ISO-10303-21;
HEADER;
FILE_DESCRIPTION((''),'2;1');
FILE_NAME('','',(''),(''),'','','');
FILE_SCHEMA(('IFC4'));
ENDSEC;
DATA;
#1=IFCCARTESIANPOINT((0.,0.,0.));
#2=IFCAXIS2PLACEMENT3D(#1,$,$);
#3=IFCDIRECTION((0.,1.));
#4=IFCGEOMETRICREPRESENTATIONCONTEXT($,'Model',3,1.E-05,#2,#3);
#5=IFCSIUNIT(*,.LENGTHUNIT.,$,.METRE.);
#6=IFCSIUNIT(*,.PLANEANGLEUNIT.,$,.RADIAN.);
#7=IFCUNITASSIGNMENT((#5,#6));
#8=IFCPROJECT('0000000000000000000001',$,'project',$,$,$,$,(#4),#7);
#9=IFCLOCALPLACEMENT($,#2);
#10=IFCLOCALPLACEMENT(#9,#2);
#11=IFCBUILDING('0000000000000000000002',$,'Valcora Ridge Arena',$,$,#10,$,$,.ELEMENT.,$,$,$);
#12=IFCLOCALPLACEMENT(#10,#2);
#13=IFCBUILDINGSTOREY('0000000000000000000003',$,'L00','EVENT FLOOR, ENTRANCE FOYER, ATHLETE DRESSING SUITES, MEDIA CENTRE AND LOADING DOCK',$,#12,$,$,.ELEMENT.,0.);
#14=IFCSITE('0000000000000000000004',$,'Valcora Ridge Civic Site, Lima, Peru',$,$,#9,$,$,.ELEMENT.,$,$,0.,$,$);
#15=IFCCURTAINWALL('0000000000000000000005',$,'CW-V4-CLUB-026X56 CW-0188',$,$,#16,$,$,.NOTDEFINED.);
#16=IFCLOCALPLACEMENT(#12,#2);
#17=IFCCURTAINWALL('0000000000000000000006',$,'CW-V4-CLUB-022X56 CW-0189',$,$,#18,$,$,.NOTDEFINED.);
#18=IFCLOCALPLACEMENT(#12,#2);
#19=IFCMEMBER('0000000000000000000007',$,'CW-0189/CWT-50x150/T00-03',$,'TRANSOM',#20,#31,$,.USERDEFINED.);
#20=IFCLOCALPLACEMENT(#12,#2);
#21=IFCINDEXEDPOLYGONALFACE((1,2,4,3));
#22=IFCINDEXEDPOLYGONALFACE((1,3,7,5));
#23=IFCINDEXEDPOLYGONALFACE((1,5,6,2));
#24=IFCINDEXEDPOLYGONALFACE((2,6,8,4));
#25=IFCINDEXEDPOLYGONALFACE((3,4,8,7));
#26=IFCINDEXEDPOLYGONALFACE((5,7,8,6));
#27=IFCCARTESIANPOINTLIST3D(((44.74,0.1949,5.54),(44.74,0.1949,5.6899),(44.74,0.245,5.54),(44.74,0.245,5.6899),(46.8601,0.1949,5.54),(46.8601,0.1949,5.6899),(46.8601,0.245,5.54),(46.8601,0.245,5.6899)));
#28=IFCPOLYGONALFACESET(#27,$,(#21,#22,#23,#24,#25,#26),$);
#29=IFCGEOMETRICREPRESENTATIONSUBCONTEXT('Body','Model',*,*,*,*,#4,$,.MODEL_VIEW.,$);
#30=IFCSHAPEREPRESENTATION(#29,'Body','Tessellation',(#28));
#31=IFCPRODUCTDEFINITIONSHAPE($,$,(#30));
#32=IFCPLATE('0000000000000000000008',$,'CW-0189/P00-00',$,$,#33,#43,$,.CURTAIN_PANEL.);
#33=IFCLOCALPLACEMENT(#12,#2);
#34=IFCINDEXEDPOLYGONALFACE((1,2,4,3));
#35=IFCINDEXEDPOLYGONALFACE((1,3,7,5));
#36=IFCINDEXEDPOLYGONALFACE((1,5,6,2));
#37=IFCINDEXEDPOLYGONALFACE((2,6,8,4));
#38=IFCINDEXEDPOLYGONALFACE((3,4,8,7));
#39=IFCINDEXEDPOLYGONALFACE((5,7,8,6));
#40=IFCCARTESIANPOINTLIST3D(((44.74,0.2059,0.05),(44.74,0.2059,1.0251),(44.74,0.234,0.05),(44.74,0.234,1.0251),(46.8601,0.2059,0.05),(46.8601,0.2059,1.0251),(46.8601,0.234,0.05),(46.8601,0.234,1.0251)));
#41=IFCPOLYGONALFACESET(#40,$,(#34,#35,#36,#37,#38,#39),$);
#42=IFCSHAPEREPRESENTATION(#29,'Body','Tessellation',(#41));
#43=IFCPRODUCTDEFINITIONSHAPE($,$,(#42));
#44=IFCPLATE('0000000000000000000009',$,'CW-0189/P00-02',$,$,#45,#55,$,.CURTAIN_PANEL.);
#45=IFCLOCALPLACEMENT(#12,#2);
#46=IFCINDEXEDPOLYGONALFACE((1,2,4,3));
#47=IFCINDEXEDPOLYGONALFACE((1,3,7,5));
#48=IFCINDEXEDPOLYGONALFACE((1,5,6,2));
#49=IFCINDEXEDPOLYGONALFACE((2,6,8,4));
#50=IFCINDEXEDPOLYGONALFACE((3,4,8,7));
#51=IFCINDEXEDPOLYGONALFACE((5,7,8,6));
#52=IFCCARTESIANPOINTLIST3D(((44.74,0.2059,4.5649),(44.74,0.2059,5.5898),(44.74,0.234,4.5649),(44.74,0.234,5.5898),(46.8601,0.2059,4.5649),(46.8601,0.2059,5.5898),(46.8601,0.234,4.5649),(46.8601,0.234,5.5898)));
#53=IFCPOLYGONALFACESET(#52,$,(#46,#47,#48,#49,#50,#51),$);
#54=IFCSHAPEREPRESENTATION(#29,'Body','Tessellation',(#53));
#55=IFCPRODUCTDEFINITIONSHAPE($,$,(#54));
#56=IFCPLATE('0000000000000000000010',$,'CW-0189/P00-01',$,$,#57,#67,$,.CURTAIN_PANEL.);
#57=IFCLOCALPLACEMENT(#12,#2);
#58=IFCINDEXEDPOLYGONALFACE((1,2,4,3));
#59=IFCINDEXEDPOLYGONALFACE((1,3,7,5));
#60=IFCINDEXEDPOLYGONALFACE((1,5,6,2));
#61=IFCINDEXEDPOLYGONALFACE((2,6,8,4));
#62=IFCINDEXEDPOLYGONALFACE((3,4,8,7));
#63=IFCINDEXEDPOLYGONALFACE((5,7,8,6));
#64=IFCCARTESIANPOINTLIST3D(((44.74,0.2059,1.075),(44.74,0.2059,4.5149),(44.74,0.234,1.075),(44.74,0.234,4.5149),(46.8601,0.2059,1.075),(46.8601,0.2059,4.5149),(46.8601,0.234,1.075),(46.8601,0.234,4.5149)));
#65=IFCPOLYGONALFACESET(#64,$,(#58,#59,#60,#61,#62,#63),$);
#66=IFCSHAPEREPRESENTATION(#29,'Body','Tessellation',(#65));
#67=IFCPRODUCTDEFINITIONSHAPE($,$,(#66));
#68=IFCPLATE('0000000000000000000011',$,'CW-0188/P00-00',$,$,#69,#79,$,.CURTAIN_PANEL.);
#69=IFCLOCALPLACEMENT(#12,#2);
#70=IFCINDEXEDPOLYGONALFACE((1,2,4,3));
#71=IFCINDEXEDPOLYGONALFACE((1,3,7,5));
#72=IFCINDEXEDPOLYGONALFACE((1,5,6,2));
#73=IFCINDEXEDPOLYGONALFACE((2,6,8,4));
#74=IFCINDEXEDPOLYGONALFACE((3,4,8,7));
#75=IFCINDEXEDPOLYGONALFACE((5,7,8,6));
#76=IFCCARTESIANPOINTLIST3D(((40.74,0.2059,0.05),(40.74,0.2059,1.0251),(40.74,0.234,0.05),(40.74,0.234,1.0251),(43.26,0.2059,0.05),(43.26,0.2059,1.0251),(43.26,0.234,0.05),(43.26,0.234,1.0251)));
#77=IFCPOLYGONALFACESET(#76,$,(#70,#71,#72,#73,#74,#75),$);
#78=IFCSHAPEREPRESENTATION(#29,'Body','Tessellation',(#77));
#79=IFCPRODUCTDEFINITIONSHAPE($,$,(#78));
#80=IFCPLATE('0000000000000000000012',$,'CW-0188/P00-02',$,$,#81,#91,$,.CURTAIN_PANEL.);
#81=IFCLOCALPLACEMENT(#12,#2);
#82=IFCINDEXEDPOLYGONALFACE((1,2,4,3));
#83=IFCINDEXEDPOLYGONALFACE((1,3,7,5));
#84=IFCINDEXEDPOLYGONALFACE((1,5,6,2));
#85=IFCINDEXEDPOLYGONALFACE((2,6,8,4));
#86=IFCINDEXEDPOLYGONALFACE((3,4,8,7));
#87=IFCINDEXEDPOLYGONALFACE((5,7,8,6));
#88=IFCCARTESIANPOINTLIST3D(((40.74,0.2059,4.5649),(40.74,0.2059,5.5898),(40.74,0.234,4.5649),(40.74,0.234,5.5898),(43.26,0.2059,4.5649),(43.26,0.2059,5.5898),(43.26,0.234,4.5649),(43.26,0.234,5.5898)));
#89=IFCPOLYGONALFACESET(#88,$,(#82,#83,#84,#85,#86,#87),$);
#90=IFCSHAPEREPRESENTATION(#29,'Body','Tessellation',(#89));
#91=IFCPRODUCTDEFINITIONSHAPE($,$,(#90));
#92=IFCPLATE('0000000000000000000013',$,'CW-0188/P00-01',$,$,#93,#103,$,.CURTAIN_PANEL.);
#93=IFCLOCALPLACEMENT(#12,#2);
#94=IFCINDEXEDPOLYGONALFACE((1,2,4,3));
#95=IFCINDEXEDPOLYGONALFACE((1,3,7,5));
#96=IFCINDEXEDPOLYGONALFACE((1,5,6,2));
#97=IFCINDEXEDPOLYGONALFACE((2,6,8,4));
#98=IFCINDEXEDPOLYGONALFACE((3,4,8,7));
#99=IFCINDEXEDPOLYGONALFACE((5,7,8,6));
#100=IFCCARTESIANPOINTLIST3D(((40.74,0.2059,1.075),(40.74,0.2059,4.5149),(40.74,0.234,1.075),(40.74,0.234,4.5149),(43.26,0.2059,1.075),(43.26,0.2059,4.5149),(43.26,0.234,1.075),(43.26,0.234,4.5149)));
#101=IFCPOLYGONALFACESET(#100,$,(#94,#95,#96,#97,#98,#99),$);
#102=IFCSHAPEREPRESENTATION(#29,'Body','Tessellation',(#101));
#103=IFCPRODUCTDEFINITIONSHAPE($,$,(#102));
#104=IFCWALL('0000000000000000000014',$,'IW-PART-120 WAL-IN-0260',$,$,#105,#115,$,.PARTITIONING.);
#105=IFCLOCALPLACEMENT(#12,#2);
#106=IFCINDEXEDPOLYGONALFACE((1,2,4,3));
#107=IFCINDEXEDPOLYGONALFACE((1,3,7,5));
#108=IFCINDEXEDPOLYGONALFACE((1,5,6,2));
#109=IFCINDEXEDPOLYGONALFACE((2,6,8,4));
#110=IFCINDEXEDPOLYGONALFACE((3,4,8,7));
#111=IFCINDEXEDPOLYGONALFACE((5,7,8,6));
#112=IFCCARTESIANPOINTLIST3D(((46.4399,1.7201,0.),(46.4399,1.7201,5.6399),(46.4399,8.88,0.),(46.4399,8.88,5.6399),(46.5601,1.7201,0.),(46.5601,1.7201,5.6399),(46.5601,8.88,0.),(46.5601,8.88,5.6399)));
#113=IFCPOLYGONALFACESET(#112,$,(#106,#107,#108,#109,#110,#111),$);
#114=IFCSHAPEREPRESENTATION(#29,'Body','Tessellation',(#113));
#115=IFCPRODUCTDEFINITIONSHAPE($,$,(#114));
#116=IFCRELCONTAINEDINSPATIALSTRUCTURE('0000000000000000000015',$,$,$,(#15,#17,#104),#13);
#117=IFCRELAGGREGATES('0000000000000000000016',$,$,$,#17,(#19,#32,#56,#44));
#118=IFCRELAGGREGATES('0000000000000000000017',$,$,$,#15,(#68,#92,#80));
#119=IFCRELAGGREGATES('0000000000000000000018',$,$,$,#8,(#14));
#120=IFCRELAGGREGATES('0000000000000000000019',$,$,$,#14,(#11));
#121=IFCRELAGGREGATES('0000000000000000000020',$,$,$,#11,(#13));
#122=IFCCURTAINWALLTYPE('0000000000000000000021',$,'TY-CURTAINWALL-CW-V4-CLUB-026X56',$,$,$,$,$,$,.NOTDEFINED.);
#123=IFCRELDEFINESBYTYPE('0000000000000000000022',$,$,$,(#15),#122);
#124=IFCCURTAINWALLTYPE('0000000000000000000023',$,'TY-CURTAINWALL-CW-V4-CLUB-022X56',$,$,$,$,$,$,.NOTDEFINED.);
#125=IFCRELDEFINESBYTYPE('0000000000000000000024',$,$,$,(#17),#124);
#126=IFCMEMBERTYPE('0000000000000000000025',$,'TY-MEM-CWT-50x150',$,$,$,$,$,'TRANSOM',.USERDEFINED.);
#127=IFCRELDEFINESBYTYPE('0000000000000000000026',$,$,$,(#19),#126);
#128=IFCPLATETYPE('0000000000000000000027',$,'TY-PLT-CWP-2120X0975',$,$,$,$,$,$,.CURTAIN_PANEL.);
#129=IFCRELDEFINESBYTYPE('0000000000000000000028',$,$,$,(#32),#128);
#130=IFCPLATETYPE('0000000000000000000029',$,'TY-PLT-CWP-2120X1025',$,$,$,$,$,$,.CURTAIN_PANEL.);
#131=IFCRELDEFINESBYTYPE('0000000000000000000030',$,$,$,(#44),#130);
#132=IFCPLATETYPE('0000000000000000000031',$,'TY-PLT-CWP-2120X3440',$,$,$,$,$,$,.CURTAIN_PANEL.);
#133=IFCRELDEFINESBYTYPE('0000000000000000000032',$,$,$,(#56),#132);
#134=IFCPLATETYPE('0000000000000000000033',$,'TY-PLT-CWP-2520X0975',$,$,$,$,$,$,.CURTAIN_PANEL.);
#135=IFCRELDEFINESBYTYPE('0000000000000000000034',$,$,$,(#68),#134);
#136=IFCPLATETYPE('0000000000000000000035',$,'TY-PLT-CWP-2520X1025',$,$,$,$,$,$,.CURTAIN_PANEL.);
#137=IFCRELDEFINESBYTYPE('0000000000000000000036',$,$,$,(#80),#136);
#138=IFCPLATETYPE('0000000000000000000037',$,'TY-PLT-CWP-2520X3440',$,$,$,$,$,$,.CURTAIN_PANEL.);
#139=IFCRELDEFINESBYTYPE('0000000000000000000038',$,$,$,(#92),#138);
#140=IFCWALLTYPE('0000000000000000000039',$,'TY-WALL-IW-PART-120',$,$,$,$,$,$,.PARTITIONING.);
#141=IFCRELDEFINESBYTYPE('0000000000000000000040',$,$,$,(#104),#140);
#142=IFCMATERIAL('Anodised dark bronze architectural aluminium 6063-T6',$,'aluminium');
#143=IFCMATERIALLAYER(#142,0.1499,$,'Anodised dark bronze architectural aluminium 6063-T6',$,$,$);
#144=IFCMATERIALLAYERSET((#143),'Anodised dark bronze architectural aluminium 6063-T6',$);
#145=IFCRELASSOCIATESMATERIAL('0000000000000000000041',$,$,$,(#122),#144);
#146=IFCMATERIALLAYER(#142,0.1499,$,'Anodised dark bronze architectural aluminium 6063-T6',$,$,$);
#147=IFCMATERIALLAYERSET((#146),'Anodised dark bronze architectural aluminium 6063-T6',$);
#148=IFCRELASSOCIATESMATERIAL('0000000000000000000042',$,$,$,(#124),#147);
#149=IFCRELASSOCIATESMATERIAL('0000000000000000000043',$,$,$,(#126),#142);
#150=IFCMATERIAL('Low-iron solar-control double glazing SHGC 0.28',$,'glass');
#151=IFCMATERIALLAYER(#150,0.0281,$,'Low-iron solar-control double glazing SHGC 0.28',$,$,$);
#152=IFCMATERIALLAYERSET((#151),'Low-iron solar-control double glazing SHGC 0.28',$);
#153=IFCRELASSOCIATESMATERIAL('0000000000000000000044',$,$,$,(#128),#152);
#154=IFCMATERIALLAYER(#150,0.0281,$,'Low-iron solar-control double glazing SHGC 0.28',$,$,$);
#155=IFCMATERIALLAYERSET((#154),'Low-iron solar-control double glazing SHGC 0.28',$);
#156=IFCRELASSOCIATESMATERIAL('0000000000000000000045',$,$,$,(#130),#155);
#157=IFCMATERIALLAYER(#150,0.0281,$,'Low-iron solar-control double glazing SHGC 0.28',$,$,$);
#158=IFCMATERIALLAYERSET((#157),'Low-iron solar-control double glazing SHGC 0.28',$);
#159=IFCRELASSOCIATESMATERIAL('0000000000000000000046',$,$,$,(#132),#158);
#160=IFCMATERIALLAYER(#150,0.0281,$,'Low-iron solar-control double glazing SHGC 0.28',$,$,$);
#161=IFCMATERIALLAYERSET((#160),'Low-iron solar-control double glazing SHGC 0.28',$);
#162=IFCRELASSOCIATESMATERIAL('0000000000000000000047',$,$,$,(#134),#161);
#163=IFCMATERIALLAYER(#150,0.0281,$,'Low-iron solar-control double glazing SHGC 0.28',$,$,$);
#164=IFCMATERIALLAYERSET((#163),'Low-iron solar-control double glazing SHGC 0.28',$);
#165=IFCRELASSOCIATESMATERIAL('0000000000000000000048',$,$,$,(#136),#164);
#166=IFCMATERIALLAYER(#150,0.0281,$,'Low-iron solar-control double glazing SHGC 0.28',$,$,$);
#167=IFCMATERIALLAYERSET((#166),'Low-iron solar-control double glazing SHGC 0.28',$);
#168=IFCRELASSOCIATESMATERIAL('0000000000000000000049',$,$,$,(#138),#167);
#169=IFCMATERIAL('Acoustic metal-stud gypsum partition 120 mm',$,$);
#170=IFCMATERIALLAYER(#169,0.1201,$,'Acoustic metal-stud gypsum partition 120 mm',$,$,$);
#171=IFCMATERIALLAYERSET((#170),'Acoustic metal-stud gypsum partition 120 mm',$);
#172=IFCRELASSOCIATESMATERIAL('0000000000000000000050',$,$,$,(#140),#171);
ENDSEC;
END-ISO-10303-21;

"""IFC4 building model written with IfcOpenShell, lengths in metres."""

from ifc_helpers import new_model, si_unit, direction, frame, frame_2d, origin, origin_2d, place, context, subcontext, project, spatial, rectangle, extrude, material, layer, layer_set, material_profile, profile_set, type_object, element, aggregate, save


model = new_model("IFC4")

# Units and contexts
model_context = context("Model", 3, precision=1e-05, world=origin(), true_north=direction((0.0, 1.0)))
body_context = subcontext(model_context, "Body", "Model", "MODEL_VIEW")
ifc_project = project(units=[si_unit("LENGTHUNIT", "METRE"), si_unit("PLANEANGLEUNIT", "RADIAN")], contexts=[model_context])

# Site, building, storey
site_placement = place(None, origin())
site = spatial("IfcSite", under=ifc_project, at=site_placement, Name="Valcora Ridge Civic Site, Lima, Peru", CompositionType="ELEMENT", RefElevation=0.0)
building_placement = place(site_placement, origin())
building = spatial("IfcBuilding", under=site, at=building_placement, Name="Valcora Ridge Arena", CompositionType="ELEMENT")
storey_placement = place(building_placement, origin())
storey = spatial("IfcBuildingStorey", under=building, at=storey_placement, Name="L00", Description="EVENT FLOOR, ENTRANCE FOYER, ATHLETE DRESSING SUITES, MEDIA CENTRE AND LOADING DOCK", CompositionType="ELEMENT", Elevation=0.0)

# Curtain walls
ifc_material_1 = material(Name="Anodised dark bronze architectural aluminium 6063-T6", Category="aluminium")
ifc_layer_1 = layer(ifc_material_1, 0.1499, Name="Anodised dark bronze architectural aluminium 6063-T6")
ifc_layer_set_1 = layer_set([ifc_layer_1], Name="Anodised dark bronze architectural aluminium 6063-T6")
curtain_wall_type_1 = type_object("IfcCurtainWallType", Name="TY-CURTAINWALL-CW-V4-CLUB-026X56", PredefinedType="NOTDEFINED", material=ifc_layer_set_1)
curtain_wall_1_placement = place(storey_placement, origin())
curtain_wall_1 = element("IfcCurtainWall", 1, at=curtain_wall_1_placement, inside=storey, type_object=curtain_wall_type_1, Name="CW-V4-CLUB-026X56 CW-0188", PredefinedType="NOTDEFINED")
ifc_layer_2 = layer(ifc_material_1, 0.1499, Name="Anodised dark bronze architectural aluminium 6063-T6")
ifc_layer_set_2 = layer_set([ifc_layer_2], Name="Anodised dark bronze architectural aluminium 6063-T6")
curtain_wall_type_2 = type_object("IfcCurtainWallType", Name="TY-CURTAINWALL-CW-V4-CLUB-022X56", PredefinedType="NOTDEFINED", material=ifc_layer_set_2)
curtain_wall_2_placement = place(storey_placement, origin())
curtain_wall_2 = element("IfcCurtainWall", 2, at=curtain_wall_2_placement, inside=storey, type_object=curtain_wall_type_2, Name="CW-V4-CLUB-022X56 CW-0189", PredefinedType="NOTDEFINED")

# Member
ifc_material_profile_1 = material_profile(ifc_material_1, rectangle(XDim=0.05, YDim=0.1499, at=origin_2d()), Name="ALU TRANSOM 50x150")
ifc_profile_set_1 = profile_set([ifc_material_profile_1], Name="Anodised dark bronze architectural aluminium 6063-T6")
member_type_1 = type_object("IfcMemberType", Name="TY-MEM-CWT-50x150", ElementType="TRANSOM", PredefinedType="USERDEFINED", material=ifc_profile_set_1)
member_1_placement = place(storey_placement, frame((44.74, 0.22, 5.615), z_axis=(1.0, 0.0, 0.0), x_axis=(0.0, 1.0, 0.0)))
member_1 = element("IfcMember", 3, at=member_1_placement, type_object=member_type_1, Name="CW-0189/CWT-50x150/T00-03", ObjectType="TRANSOM", PredefinedType="USERDEFINED", context=body_context, shape_type="SweptSolid", body=[
    extrude(rectangle(XDim=0.05, YDim=0.1499, at=origin_2d()), origin(), (0.0, 0.0, 1.0), 2.1201),
])

# Plates
ifc_material_2 = material(Name="Low-iron solar-control double glazing SHGC 0.28", Category="glass")
ifc_layer_3 = layer(ifc_material_2, 0.0281, Name="Low-iron solar-control double glazing SHGC 0.28")
ifc_layer_set_3 = layer_set([ifc_layer_3], Name="Low-iron solar-control double glazing SHGC 0.28")
plate_type_1 = type_object("IfcPlateType", Name="TY-PLT-CWP-2120X0975", PredefinedType="CURTAIN_PANEL", material=ifc_layer_set_3)
plate_1_placement = place(storey_placement, frame((45.8, 0.22, 0.05), z_axis=(0.0, 0.0, 1.0), x_axis=(1.0, 0.0, 0.0)))
plate_1 = element("IfcPlate", 4, at=plate_1_placement, type_object=plate_type_1, Name="CW-0189/P00-00", PredefinedType="CURTAIN_PANEL", context=body_context, shape_type="SweptSolid", body=[
    extrude(rectangle(XDim=2.1201, YDim=0.0281, at=origin_2d()), origin(), (0.0, 0.0, 1.0), 0.9751),
])
ifc_layer_4 = layer(ifc_material_2, 0.0281, Name="Low-iron solar-control double glazing SHGC 0.28")
ifc_layer_set_4 = layer_set([ifc_layer_4], Name="Low-iron solar-control double glazing SHGC 0.28")
plate_type_2 = type_object("IfcPlateType", Name="TY-PLT-CWP-2120X1025", PredefinedType="CURTAIN_PANEL", material=ifc_layer_set_4)
plate_2_placement = place(storey_placement, frame((45.8, 0.22, 4.5649), z_axis=(0.0, 0.0, 1.0), x_axis=(1.0, 0.0, 0.0)))
plate_2 = element("IfcPlate", 5, at=plate_2_placement, type_object=plate_type_2, Name="CW-0189/P00-02", PredefinedType="CURTAIN_PANEL", context=body_context, shape_type="SweptSolid", body=[
    extrude(rectangle(XDim=2.1201, YDim=0.0281, at=origin_2d()), origin(), (0.0, 0.0, 1.0), 1.0249),
])
ifc_layer_5 = layer(ifc_material_2, 0.0281, Name="Low-iron solar-control double glazing SHGC 0.28")
ifc_layer_set_5 = layer_set([ifc_layer_5], Name="Low-iron solar-control double glazing SHGC 0.28")
plate_type_3 = type_object("IfcPlateType", Name="TY-PLT-CWP-2120X3440", PredefinedType="CURTAIN_PANEL", material=ifc_layer_set_5)
plate_3_placement = place(storey_placement, frame((45.8, 0.22, 1.075), z_axis=(0.0, 0.0, 1.0), x_axis=(1.0, 0.0, 0.0)))
plate_3 = element("IfcPlate", 6, at=plate_3_placement, type_object=plate_type_3, Name="CW-0189/P00-01", PredefinedType="CURTAIN_PANEL", context=body_context, shape_type="SweptSolid", body=[
    extrude(rectangle(XDim=2.1201, YDim=0.0281, at=origin_2d()), origin(), (0.0, 0.0, 1.0), 3.4399),
])
aggregate(curtain_wall_2, [member_1, plate_1, plate_3, plate_2])
ifc_layer_6 = layer(ifc_material_2, 0.0281, Name="Low-iron solar-control double glazing SHGC 0.28")
ifc_layer_set_6 = layer_set([ifc_layer_6], Name="Low-iron solar-control double glazing SHGC 0.28")
plate_type_4 = type_object("IfcPlateType", Name="TY-PLT-CWP-2520X0975", PredefinedType="CURTAIN_PANEL", material=ifc_layer_set_6)
plate_4_placement = place(storey_placement, frame((42.0, 0.22, 0.05), z_axis=(0.0, 0.0, 1.0), x_axis=(1.0, 0.0, 0.0)))
plate_4 = element("IfcPlate", 7, at=plate_4_placement, type_object=plate_type_4, Name="CW-0188/P00-00", PredefinedType="CURTAIN_PANEL", context=body_context, shape_type="SweptSolid", body=[
    extrude(rectangle(XDim=2.52, YDim=0.0281, at=origin_2d()), origin(), (0.0, 0.0, 1.0), 0.9751),
])
ifc_layer_7 = layer(ifc_material_2, 0.0281, Name="Low-iron solar-control double glazing SHGC 0.28")
ifc_layer_set_7 = layer_set([ifc_layer_7], Name="Low-iron solar-control double glazing SHGC 0.28")
plate_type_5 = type_object("IfcPlateType", Name="TY-PLT-CWP-2520X1025", PredefinedType="CURTAIN_PANEL", material=ifc_layer_set_7)
plate_5_placement = place(storey_placement, frame((42.0, 0.22, 4.5649), z_axis=(0.0, 0.0, 1.0), x_axis=(1.0, 0.0, 0.0)))
plate_5 = element("IfcPlate", 8, at=plate_5_placement, type_object=plate_type_5, Name="CW-0188/P00-02", PredefinedType="CURTAIN_PANEL", context=body_context, shape_type="SweptSolid", body=[
    extrude(rectangle(XDim=2.52, YDim=0.0281, at=origin_2d()), origin(), (0.0, 0.0, 1.0), 1.0249),
])
ifc_layer_8 = layer(ifc_material_2, 0.0281, Name="Low-iron solar-control double glazing SHGC 0.28")
ifc_layer_set_8 = layer_set([ifc_layer_8], Name="Low-iron solar-control double glazing SHGC 0.28")
plate_type_6 = type_object("IfcPlateType", Name="TY-PLT-CWP-2520X3440", PredefinedType="CURTAIN_PANEL", material=ifc_layer_set_8)
plate_6_placement = place(storey_placement, frame((42.0, 0.22, 1.075), z_axis=(0.0, 0.0, 1.0), x_axis=(1.0, 0.0, 0.0)))
plate_6 = element("IfcPlate", 9, at=plate_6_placement, type_object=plate_type_6, Name="CW-0188/P00-01", PredefinedType="CURTAIN_PANEL", context=body_context, shape_type="SweptSolid", body=[
    extrude(rectangle(XDim=2.52, YDim=0.0281, at=origin_2d()), origin(), (0.0, 0.0, 1.0), 3.4399),
])
aggregate(curtain_wall_1, [plate_4, plate_6, plate_5])

# Wall
ifc_material_3 = material(Name="Acoustic metal-stud gypsum partition 120 mm")
ifc_layer_9 = layer(ifc_material_3, 0.1201, Name="Acoustic metal-stud gypsum partition 120 mm")
ifc_layer_set_9 = layer_set([ifc_layer_9], Name="Acoustic metal-stud gypsum partition 120 mm")
wall_type = type_object("IfcWallType", Name="TY-WALL-IW-PART-120", PredefinedType="PARTITIONING", material=ifc_layer_set_9)
wall_placement = place(storey_placement, frame((46.5, 1.72, 0.0), z_axis=(0.0, 0.0, 1.0), x_axis=(0.0, 1.0, 0.0)))
element("IfcWall", 10, at=wall_placement, inside=storey, type_object=wall_type, Name="IW-PART-120 WAL-IN-0260", PredefinedType="PARTITIONING", context=body_context, shape_type="SweptSolid", body=[
    extrude(rectangle(XDim=7.1599, YDim=0.1201, at=frame_2d((3.5801, 0.0))), origin(), (0.0, 0.0, 1.0), 5.6399),
])

save(model, "model.ifc")
